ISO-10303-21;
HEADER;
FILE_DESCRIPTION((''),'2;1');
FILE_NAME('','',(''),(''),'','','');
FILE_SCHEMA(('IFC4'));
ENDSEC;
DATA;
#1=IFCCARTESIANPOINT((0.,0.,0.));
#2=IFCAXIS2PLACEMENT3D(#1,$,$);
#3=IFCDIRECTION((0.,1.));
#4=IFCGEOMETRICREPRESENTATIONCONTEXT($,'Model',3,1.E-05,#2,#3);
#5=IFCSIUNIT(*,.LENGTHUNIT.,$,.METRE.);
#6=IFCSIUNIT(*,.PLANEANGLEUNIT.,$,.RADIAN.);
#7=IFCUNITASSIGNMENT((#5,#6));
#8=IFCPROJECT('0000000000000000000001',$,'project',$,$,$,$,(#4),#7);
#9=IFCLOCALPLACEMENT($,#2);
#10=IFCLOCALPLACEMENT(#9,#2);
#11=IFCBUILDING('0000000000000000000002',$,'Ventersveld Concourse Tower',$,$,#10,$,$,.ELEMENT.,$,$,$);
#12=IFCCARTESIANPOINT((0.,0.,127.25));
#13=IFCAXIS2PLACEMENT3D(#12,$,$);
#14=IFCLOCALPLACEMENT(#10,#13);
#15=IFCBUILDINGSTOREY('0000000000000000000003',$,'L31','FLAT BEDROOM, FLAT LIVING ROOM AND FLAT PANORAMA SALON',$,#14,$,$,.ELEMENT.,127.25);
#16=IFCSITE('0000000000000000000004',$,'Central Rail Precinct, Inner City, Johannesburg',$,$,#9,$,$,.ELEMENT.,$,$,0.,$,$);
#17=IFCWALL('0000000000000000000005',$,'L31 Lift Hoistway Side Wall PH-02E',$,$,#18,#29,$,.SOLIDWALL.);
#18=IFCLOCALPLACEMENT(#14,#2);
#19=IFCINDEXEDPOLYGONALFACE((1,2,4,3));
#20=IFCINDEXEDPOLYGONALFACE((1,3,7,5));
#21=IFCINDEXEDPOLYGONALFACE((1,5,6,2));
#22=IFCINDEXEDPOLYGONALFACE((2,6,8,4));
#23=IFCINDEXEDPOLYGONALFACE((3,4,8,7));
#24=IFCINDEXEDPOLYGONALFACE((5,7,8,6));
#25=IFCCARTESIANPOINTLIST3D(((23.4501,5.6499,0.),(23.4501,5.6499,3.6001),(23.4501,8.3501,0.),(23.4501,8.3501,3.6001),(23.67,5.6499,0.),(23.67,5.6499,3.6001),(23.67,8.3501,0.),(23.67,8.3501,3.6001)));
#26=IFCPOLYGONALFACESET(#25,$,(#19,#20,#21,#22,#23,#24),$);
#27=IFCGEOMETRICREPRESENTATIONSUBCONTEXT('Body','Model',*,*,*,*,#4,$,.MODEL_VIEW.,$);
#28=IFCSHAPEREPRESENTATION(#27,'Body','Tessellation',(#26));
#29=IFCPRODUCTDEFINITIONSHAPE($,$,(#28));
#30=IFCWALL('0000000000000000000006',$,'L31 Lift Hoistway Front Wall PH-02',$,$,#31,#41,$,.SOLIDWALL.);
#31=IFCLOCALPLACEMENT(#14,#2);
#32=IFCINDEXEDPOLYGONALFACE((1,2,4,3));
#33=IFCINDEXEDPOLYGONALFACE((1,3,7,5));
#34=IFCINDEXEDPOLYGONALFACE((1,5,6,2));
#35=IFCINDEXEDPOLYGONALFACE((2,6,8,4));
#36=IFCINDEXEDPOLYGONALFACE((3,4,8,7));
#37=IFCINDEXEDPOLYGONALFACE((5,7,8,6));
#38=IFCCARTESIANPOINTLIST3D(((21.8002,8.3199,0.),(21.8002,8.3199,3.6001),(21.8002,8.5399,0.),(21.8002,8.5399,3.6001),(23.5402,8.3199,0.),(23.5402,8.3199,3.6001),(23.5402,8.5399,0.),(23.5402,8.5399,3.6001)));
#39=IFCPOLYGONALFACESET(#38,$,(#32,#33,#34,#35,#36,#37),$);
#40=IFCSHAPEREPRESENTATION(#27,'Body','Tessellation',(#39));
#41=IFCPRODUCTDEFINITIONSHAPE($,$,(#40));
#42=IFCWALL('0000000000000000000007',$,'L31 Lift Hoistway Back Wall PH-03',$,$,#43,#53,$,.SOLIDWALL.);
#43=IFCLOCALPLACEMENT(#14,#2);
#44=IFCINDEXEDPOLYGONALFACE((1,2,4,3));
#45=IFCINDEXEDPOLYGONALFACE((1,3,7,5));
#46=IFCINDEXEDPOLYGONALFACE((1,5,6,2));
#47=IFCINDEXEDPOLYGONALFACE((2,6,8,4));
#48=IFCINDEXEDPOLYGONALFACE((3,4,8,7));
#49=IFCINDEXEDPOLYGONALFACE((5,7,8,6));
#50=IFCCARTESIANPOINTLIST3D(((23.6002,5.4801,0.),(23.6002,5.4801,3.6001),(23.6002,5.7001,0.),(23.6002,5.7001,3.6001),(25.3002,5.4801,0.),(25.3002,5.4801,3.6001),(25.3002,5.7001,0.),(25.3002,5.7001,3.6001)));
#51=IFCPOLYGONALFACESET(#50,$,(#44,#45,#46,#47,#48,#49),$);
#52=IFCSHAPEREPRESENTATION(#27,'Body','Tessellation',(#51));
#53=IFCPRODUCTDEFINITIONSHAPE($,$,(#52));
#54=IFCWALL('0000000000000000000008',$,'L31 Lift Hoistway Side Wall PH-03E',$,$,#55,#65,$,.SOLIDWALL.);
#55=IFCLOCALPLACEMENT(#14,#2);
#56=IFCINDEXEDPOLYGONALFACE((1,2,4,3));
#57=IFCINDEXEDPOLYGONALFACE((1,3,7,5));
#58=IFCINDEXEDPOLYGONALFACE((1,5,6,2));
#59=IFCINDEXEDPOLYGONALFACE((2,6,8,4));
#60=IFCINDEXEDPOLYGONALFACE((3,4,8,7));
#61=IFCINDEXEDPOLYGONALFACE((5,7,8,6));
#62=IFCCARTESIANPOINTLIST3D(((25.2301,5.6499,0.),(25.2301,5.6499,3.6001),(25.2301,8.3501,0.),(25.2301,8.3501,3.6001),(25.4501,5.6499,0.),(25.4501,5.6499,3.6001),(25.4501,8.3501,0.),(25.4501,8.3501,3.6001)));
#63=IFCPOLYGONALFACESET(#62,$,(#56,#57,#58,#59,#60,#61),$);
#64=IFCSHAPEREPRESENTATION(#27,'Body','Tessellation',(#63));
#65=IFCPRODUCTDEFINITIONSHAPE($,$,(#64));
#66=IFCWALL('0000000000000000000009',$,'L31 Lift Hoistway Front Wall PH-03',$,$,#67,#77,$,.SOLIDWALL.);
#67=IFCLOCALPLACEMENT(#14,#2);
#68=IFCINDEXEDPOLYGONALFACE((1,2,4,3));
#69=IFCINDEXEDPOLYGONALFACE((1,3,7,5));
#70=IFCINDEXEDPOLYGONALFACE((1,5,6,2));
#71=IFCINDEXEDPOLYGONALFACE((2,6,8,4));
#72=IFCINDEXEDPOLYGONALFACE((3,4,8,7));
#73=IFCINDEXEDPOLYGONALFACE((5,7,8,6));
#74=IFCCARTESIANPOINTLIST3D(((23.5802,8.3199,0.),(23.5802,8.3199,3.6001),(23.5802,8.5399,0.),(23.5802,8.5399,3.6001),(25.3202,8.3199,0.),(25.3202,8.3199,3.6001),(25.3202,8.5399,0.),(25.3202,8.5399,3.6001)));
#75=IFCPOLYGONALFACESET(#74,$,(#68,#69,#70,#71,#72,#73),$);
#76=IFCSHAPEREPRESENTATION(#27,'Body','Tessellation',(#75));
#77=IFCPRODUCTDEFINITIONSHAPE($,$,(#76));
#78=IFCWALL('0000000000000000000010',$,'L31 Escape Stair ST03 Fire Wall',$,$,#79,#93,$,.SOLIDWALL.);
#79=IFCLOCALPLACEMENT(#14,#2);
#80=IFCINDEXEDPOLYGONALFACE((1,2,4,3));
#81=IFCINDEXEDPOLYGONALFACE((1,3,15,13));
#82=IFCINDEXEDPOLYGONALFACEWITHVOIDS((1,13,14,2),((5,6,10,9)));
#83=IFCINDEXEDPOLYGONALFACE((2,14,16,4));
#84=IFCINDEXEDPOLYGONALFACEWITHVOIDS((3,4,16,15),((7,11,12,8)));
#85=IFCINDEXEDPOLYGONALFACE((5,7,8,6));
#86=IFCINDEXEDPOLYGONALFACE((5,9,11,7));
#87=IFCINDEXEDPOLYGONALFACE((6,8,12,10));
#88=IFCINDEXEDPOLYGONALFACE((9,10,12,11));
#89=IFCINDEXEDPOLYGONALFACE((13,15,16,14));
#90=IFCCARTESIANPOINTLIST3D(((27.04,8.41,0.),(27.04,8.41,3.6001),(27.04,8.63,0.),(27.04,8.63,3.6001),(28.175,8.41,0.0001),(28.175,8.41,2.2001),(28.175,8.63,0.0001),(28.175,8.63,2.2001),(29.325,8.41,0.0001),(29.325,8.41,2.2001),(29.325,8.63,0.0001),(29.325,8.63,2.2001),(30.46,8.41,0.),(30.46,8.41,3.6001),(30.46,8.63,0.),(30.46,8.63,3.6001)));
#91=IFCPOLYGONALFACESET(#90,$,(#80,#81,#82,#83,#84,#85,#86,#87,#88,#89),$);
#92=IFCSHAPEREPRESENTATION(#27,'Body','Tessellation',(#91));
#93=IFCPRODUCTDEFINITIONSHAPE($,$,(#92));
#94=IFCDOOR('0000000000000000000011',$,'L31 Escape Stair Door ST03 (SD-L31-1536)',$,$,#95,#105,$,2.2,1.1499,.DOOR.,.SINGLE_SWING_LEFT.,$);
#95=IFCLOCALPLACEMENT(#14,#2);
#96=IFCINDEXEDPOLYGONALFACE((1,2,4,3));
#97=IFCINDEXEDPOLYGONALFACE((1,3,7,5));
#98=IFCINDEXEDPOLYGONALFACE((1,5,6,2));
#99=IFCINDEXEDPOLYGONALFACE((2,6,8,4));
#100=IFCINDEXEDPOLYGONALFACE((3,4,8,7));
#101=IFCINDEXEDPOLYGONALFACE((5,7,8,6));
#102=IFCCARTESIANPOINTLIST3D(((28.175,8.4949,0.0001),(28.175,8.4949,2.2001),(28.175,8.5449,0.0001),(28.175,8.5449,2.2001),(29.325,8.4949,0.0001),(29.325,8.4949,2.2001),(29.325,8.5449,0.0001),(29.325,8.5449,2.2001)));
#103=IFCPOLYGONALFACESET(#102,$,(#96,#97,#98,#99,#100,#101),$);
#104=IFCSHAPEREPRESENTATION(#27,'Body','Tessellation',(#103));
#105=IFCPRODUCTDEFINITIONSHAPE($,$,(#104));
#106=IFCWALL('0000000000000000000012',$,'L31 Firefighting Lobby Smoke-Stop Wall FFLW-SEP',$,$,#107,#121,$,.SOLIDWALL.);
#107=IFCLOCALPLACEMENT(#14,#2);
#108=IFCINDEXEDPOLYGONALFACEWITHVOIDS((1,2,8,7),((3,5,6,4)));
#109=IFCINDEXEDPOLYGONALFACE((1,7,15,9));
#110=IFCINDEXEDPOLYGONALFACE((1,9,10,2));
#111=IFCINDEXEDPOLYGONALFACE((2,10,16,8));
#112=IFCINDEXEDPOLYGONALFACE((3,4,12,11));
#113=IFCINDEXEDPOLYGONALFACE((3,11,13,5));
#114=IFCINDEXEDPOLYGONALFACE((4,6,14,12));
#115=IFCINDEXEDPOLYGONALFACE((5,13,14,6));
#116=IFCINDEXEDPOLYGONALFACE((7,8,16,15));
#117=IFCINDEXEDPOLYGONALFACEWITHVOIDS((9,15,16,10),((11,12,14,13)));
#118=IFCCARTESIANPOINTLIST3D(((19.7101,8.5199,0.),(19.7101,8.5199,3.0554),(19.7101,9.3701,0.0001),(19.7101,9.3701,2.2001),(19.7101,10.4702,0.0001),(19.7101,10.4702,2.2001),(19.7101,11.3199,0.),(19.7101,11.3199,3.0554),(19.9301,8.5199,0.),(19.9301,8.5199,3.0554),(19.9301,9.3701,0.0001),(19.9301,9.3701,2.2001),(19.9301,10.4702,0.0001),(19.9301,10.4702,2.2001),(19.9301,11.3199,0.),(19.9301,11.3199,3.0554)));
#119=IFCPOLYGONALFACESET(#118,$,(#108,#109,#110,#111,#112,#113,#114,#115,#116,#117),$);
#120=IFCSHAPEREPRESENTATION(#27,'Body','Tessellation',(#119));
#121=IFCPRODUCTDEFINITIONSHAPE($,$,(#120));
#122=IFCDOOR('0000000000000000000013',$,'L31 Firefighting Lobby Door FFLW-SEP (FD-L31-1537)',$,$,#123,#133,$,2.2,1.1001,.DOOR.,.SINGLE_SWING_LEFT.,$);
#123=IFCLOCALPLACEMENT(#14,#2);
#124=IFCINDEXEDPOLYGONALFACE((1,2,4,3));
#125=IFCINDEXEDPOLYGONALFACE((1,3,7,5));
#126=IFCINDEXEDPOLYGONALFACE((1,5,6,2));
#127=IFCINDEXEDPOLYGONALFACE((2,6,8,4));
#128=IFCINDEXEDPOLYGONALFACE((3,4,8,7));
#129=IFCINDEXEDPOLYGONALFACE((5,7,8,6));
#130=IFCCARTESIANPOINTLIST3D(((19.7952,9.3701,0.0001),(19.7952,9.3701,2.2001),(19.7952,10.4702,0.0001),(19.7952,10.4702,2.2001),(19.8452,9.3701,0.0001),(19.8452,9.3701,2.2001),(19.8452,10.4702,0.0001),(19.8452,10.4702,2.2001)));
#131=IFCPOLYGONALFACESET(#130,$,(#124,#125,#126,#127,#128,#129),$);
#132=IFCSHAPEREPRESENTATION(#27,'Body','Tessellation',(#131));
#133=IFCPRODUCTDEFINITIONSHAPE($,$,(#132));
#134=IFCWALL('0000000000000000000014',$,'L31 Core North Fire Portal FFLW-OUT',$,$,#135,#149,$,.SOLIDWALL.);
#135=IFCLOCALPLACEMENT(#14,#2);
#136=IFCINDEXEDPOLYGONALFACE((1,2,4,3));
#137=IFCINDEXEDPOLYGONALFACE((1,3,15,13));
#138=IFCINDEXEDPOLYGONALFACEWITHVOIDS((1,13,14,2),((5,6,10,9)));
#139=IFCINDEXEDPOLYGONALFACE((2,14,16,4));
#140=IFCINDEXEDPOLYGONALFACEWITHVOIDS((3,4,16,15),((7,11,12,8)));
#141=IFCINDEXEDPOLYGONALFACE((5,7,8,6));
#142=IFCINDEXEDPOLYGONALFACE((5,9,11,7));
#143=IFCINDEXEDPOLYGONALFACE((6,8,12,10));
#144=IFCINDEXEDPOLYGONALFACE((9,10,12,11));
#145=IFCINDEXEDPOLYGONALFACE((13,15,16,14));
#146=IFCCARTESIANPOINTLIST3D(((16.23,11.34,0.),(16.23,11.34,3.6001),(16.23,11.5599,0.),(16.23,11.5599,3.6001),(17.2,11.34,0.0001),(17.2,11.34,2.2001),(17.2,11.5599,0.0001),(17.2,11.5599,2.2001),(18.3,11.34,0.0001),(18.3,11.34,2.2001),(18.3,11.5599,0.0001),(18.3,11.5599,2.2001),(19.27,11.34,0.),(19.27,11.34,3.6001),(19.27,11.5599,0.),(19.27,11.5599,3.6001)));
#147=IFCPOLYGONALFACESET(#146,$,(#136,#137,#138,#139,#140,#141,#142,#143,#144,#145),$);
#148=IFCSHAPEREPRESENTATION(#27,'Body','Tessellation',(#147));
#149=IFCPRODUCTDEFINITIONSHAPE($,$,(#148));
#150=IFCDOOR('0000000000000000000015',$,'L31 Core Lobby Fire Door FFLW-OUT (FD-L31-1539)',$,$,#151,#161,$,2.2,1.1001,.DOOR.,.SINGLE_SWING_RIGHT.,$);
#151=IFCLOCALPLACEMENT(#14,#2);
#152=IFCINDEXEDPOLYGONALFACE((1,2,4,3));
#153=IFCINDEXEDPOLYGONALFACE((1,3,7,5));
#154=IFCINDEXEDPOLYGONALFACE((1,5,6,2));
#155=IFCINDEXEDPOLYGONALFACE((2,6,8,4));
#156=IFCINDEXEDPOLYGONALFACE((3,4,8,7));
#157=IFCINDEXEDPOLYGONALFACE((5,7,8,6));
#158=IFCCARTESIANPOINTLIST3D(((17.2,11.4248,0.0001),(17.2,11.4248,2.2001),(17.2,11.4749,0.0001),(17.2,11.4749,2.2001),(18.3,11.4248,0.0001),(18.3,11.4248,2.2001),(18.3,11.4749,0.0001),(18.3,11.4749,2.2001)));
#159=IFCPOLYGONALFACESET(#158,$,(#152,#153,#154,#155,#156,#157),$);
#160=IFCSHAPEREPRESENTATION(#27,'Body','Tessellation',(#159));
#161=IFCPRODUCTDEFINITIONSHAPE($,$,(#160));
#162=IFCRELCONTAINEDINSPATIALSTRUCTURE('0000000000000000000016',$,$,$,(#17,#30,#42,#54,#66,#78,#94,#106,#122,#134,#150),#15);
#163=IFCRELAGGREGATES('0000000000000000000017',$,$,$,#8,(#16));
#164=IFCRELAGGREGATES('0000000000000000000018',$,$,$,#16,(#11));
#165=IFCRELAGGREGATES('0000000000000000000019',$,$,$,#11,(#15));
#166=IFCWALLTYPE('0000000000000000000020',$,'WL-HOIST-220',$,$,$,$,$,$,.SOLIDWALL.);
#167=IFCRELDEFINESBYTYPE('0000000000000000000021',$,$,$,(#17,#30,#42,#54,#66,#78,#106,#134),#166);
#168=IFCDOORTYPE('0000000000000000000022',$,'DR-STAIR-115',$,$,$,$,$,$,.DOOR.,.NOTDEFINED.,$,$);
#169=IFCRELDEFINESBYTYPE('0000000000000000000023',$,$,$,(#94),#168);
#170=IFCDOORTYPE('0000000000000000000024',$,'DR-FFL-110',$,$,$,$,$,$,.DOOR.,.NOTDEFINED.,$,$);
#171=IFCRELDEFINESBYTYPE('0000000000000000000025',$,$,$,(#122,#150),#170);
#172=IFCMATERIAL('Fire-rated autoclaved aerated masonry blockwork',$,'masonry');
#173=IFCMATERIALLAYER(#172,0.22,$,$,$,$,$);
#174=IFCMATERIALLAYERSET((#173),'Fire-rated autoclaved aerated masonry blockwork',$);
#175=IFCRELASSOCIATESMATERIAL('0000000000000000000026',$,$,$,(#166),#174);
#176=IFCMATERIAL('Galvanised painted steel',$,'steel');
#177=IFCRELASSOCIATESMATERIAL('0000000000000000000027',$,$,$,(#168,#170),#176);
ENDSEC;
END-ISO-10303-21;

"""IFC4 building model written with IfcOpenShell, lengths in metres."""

from ifc_helpers import new_model, si_unit, direction, frame, frame_2d, origin, place, context, subcontext, project, spatial, rectangle, extrude, material, layer, layer_set, type_object, element, fill, save


model = new_model("IFC4")

# Units and contexts
model_context = context("Model", 3, precision=1e-05, world=origin(), true_north=direction((0.0, 1.0)))
body_context = subcontext(model_context, "Body", "Model", "MODEL_VIEW")
ifc_project = project(units=[si_unit("LENGTHUNIT", "METRE"), si_unit("PLANEANGLEUNIT", "RADIAN")], contexts=[model_context])

# Site, building, storey
site_placement = place(None, origin())
site = spatial("IfcSite", under=ifc_project, at=site_placement, Name="Central Rail Precinct, Inner City, Johannesburg", CompositionType="ELEMENT", RefElevation=0.0)
building_placement = place(site_placement, origin())
building = spatial("IfcBuilding", under=site, at=building_placement, Name="Ventersveld Concourse Tower", CompositionType="ELEMENT")
storey_placement = place(building_placement, frame((0.0, 0.0, 127.25)))
storey = spatial("IfcBuildingStorey", under=building, at=storey_placement, Name="L31", Description="FLAT BEDROOM, FLAT LIVING ROOM AND FLAT PANORAMA SALON", CompositionType="ELEMENT", Elevation=127.25)

# Shared definitions
ifc_material_1 = material(Name="Fire-rated autoclaved aerated masonry blockwork", Category="masonry")
ifc_layer_1 = layer(ifc_material_1, 0.22)
ifc_layer_set_1 = layer_set([ifc_layer_1], Name="Fire-rated autoclaved aerated masonry blockwork")
wall_type_1 = type_object("IfcWallType", Name="WL-HOIST-220", PredefinedType="SOLIDWALL", material=ifc_layer_set_1)

# Walls
wall_1_placement = place(storey_placement, frame((23.5601, 5.6499, 0.0), z_axis=(0.0, 0.0, 1.0), x_axis=(0.0, 1.0, 0.0)))
element("IfcWall", 1, at=wall_1_placement, inside=storey, type_object=wall_type_1, Name="L31 Lift Hoistway Side Wall PH-02E", PredefinedType="SOLIDWALL", context=body_context, shape_type="SweptSolid", body=[
    extrude(rectangle(XDim=2.7002, YDim=0.22, at=frame_2d((1.3501, 0.0))), origin(), (0.0, 0.0, 1.0), 3.6001),
])
wall_2_placement = place(storey_placement, frame((21.8, 8.4299, 0.0), z_axis=(0.0, 0.0, 1.0), x_axis=(1.0, 0.0, 0.0)))
element("IfcWall", 2, at=wall_2_placement, inside=storey, type_object=wall_type_1, Name="L31 Lift Hoistway Front Wall PH-02", PredefinedType="SOLIDWALL", context=body_context, shape_type="SweptSolid", body=[
    extrude(rectangle(XDim=1.74, YDim=0.22, at=frame_2d((0.8701, 0.0))), origin(), (0.0, 0.0, 1.0), 3.6001),
])
wall_3_placement = place(storey_placement, frame((23.6001, 5.5901, 0.0), z_axis=(0.0, 0.0, 1.0), x_axis=(1.0, 0.0, 0.0)))
element("IfcWall", 3, at=wall_3_placement, inside=storey, type_object=wall_type_1, Name="L31 Lift Hoistway Back Wall PH-03", PredefinedType="SOLIDWALL", context=body_context, shape_type="SweptSolid", body=[
    extrude(rectangle(XDim=1.7, YDim=0.22, at=frame_2d((0.8501, 0.0))), origin(), (0.0, 0.0, 1.0), 3.6001),
])
wall_4_placement = place(storey_placement, frame((25.3401, 5.6499, 0.0), z_axis=(0.0, 0.0, 1.0), x_axis=(0.0, 1.0, 0.0)))
element("IfcWall", 4, at=wall_4_placement, inside=storey, type_object=wall_type_1, Name="L31 Lift Hoistway Side Wall PH-03E", PredefinedType="SOLIDWALL", context=body_context, shape_type="SweptSolid", body=[
    extrude(rectangle(XDim=2.7002, YDim=0.22, at=frame_2d((1.3501, 0.0))), origin(), (0.0, 0.0, 1.0), 3.6001),
])
wall_5_placement = place(storey_placement, frame((23.5801, 8.4299, 0.0), z_axis=(0.0, 0.0, 1.0), x_axis=(1.0, 0.0, 0.0)))
element("IfcWall", 5, at=wall_5_placement, inside=storey, type_object=wall_type_1, Name="L31 Lift Hoistway Front Wall PH-03", PredefinedType="SOLIDWALL", context=body_context, shape_type="SweptSolid", body=[
    extrude(rectangle(XDim=1.74, YDim=0.22, at=frame_2d((0.8701, 0.0))), origin(), (0.0, 0.0, 1.0), 3.6001),
])

# Walls, openings, doors
wall_6_placement = place(storey_placement, frame((27.04, 8.52, 0.0), z_axis=(0.0, 0.0, 1.0), x_axis=(1.0, 0.0, 0.0)))
wall_6 = element("IfcWall", 6, at=wall_6_placement, inside=storey, type_object=wall_type_1, Name="L31 Escape Stair ST03 Fire Wall", PredefinedType="SOLIDWALL", context=body_context, shape_type="SweptSolid", body=[
    extrude(rectangle(XDim=3.4199, YDim=0.22, at=frame_2d((1.71, 0.0))), origin(), (0.0, 0.0, 1.0), 3.6001),
])
opening_1_placement = place(wall_6_placement, frame((1.135, 0.0, 0.0)))
opening_1 = element("IfcOpeningElement", 7, at=opening_1_placement, cuts=wall_6, PredefinedType="OPENING", context=body_context, shape_type="SweptSolid", body=[
    extrude(rectangle(XDim=1.1499, YDim=2.2, at=frame_2d((0.575, 1.1001))), frame((0.0, 0.1201, 0.0), z_axis=(0.0, -1.0, 0.0), x_axis=(1.0, 0.0, 0.0)), (0.0, 0.0, 1.0), 0.24),
])
ifc_material_2 = material(Name="Galvanised painted steel", Category="steel")
door_type_1 = type_object("IfcDoorType", Name="DR-STAIR-115", OperationType="NOTDEFINED", PredefinedType="DOOR", material=ifc_material_2)
door_1_placement = place(opening_1_placement, origin())
door_1 = element("IfcDoor", 8, at=door_1_placement, inside=storey, type_object=door_type_1, Name="L31 Escape Stair Door ST03 (SD-L31-1536)", OperationType="SINGLE_SWING_LEFT", OverallHeight=2.2, OverallWidth=1.1499, PredefinedType="DOOR", context=body_context, shape_type="SweptSolid", body=[
    extrude(rectangle(XDim=1.1499, YDim=2.2, at=frame_2d((0.575, 1.1001))), frame((0.0, 0.0249, 0.0), z_axis=(0.0, -1.0, 0.0), x_axis=(1.0, 0.0, 0.0)), (0.0, 0.0, 1.0), 0.05),
])
fill(opening_1, door_1)
wall_7_placement = place(storey_placement, frame((19.8201, 8.52, 0.0), z_axis=(0.0, 0.0, 1.0), x_axis=(0.0, 1.0, 0.0)))
wall_7 = element("IfcWall", 9, at=wall_7_placement, inside=storey, type_object=wall_type_1, Name="L31 Firefighting Lobby Smoke-Stop Wall FFLW-SEP", PredefinedType="SOLIDWALL", context=body_context, shape_type="SweptSolid", body=[
    extrude(rectangle(XDim=2.8, YDim=0.22, at=frame_2d((1.3999, 0.0))), origin(), (0.0, 0.0, 1.0), 3.0554),
])
opening_2_placement = place(wall_7_placement, frame((0.8501, 0.0, 0.0)))
opening_2 = element("IfcOpeningElement", 10, at=opening_2_placement, cuts=wall_7, PredefinedType="OPENING", context=body_context, shape_type="SweptSolid", body=[
    extrude(rectangle(XDim=1.1001, YDim=2.2, at=frame_2d((0.55, 1.1001))), frame((0.0, 0.1201, 0.0), z_axis=(0.0, -1.0, 0.0), x_axis=(1.0, 0.0, 0.0)), (0.0, 0.0, 1.0), 0.24),
])
door_type_2 = type_object("IfcDoorType", Name="DR-FFL-110", OperationType="NOTDEFINED", PredefinedType="DOOR", material=ifc_material_2)
door_2_placement = place(opening_2_placement, origin())
door_2 = element("IfcDoor", 11, at=door_2_placement, inside=storey, type_object=door_type_2, Name="L31 Firefighting Lobby Door FFLW-SEP (FD-L31-1537)", OperationType="SINGLE_SWING_LEFT", OverallHeight=2.2, OverallWidth=1.1001, PredefinedType="DOOR", context=body_context, shape_type="SweptSolid", body=[
    extrude(rectangle(XDim=1.1001, YDim=2.2, at=frame_2d((0.55, 1.1001))), frame((0.0, 0.0249, 0.0), z_axis=(0.0, -1.0, 0.0), x_axis=(1.0, 0.0, 0.0)), (0.0, 0.0, 1.0), 0.05),
])
fill(opening_2, door_2)
wall_8_placement = place(storey_placement, frame((16.23, 11.45, 0.0), z_axis=(0.0, 0.0, 1.0), x_axis=(1.0, 0.0, 0.0)))
wall_8 = element("IfcWall", 12, at=wall_8_placement, inside=storey, type_object=wall_type_1, Name="L31 Core North Fire Portal FFLW-OUT", PredefinedType="SOLIDWALL", context=body_context, shape_type="SweptSolid", body=[
    extrude(rectangle(XDim=3.04, YDim=0.22, at=frame_2d((1.52, 0.0))), origin(), (0.0, 0.0, 1.0), 3.6001),
])
opening_3_placement = place(wall_8_placement, frame((0.97, 0.0, 0.0)))
opening_3 = element("IfcOpeningElement", 13, at=opening_3_placement, cuts=wall_8, PredefinedType="OPENING", context=body_context, shape_type="SweptSolid", body=[
    extrude(rectangle(XDim=1.1001, YDim=2.2, at=frame_2d((0.55, 1.1001))), frame((0.0, 0.1201, 0.0), z_axis=(0.0, -1.0, 0.0), x_axis=(1.0, 0.0, 0.0)), (0.0, 0.0, 1.0), 0.24),
])
door_3_placement = place(opening_3_placement, origin())
door_3 = element("IfcDoor", 14, at=door_3_placement, inside=storey, type_object=door_type_2, Name="L31 Core Lobby Fire Door FFLW-OUT (FD-L31-1539)", OperationType="SINGLE_SWING_RIGHT", OverallHeight=2.2, OverallWidth=1.1001, PredefinedType="DOOR", context=body_context, shape_type="SweptSolid", body=[
    extrude(rectangle(XDim=1.1001, YDim=2.2, at=frame_2d((0.55, 1.1001))), frame((0.0, 0.0249, 0.0), z_axis=(0.0, -1.0, 0.0), x_axis=(1.0, 0.0, 0.0)), (0.0, 0.0, 1.0), 0.05),
])
fill(opening_3, door_3)

save(model, "model.ifc")
